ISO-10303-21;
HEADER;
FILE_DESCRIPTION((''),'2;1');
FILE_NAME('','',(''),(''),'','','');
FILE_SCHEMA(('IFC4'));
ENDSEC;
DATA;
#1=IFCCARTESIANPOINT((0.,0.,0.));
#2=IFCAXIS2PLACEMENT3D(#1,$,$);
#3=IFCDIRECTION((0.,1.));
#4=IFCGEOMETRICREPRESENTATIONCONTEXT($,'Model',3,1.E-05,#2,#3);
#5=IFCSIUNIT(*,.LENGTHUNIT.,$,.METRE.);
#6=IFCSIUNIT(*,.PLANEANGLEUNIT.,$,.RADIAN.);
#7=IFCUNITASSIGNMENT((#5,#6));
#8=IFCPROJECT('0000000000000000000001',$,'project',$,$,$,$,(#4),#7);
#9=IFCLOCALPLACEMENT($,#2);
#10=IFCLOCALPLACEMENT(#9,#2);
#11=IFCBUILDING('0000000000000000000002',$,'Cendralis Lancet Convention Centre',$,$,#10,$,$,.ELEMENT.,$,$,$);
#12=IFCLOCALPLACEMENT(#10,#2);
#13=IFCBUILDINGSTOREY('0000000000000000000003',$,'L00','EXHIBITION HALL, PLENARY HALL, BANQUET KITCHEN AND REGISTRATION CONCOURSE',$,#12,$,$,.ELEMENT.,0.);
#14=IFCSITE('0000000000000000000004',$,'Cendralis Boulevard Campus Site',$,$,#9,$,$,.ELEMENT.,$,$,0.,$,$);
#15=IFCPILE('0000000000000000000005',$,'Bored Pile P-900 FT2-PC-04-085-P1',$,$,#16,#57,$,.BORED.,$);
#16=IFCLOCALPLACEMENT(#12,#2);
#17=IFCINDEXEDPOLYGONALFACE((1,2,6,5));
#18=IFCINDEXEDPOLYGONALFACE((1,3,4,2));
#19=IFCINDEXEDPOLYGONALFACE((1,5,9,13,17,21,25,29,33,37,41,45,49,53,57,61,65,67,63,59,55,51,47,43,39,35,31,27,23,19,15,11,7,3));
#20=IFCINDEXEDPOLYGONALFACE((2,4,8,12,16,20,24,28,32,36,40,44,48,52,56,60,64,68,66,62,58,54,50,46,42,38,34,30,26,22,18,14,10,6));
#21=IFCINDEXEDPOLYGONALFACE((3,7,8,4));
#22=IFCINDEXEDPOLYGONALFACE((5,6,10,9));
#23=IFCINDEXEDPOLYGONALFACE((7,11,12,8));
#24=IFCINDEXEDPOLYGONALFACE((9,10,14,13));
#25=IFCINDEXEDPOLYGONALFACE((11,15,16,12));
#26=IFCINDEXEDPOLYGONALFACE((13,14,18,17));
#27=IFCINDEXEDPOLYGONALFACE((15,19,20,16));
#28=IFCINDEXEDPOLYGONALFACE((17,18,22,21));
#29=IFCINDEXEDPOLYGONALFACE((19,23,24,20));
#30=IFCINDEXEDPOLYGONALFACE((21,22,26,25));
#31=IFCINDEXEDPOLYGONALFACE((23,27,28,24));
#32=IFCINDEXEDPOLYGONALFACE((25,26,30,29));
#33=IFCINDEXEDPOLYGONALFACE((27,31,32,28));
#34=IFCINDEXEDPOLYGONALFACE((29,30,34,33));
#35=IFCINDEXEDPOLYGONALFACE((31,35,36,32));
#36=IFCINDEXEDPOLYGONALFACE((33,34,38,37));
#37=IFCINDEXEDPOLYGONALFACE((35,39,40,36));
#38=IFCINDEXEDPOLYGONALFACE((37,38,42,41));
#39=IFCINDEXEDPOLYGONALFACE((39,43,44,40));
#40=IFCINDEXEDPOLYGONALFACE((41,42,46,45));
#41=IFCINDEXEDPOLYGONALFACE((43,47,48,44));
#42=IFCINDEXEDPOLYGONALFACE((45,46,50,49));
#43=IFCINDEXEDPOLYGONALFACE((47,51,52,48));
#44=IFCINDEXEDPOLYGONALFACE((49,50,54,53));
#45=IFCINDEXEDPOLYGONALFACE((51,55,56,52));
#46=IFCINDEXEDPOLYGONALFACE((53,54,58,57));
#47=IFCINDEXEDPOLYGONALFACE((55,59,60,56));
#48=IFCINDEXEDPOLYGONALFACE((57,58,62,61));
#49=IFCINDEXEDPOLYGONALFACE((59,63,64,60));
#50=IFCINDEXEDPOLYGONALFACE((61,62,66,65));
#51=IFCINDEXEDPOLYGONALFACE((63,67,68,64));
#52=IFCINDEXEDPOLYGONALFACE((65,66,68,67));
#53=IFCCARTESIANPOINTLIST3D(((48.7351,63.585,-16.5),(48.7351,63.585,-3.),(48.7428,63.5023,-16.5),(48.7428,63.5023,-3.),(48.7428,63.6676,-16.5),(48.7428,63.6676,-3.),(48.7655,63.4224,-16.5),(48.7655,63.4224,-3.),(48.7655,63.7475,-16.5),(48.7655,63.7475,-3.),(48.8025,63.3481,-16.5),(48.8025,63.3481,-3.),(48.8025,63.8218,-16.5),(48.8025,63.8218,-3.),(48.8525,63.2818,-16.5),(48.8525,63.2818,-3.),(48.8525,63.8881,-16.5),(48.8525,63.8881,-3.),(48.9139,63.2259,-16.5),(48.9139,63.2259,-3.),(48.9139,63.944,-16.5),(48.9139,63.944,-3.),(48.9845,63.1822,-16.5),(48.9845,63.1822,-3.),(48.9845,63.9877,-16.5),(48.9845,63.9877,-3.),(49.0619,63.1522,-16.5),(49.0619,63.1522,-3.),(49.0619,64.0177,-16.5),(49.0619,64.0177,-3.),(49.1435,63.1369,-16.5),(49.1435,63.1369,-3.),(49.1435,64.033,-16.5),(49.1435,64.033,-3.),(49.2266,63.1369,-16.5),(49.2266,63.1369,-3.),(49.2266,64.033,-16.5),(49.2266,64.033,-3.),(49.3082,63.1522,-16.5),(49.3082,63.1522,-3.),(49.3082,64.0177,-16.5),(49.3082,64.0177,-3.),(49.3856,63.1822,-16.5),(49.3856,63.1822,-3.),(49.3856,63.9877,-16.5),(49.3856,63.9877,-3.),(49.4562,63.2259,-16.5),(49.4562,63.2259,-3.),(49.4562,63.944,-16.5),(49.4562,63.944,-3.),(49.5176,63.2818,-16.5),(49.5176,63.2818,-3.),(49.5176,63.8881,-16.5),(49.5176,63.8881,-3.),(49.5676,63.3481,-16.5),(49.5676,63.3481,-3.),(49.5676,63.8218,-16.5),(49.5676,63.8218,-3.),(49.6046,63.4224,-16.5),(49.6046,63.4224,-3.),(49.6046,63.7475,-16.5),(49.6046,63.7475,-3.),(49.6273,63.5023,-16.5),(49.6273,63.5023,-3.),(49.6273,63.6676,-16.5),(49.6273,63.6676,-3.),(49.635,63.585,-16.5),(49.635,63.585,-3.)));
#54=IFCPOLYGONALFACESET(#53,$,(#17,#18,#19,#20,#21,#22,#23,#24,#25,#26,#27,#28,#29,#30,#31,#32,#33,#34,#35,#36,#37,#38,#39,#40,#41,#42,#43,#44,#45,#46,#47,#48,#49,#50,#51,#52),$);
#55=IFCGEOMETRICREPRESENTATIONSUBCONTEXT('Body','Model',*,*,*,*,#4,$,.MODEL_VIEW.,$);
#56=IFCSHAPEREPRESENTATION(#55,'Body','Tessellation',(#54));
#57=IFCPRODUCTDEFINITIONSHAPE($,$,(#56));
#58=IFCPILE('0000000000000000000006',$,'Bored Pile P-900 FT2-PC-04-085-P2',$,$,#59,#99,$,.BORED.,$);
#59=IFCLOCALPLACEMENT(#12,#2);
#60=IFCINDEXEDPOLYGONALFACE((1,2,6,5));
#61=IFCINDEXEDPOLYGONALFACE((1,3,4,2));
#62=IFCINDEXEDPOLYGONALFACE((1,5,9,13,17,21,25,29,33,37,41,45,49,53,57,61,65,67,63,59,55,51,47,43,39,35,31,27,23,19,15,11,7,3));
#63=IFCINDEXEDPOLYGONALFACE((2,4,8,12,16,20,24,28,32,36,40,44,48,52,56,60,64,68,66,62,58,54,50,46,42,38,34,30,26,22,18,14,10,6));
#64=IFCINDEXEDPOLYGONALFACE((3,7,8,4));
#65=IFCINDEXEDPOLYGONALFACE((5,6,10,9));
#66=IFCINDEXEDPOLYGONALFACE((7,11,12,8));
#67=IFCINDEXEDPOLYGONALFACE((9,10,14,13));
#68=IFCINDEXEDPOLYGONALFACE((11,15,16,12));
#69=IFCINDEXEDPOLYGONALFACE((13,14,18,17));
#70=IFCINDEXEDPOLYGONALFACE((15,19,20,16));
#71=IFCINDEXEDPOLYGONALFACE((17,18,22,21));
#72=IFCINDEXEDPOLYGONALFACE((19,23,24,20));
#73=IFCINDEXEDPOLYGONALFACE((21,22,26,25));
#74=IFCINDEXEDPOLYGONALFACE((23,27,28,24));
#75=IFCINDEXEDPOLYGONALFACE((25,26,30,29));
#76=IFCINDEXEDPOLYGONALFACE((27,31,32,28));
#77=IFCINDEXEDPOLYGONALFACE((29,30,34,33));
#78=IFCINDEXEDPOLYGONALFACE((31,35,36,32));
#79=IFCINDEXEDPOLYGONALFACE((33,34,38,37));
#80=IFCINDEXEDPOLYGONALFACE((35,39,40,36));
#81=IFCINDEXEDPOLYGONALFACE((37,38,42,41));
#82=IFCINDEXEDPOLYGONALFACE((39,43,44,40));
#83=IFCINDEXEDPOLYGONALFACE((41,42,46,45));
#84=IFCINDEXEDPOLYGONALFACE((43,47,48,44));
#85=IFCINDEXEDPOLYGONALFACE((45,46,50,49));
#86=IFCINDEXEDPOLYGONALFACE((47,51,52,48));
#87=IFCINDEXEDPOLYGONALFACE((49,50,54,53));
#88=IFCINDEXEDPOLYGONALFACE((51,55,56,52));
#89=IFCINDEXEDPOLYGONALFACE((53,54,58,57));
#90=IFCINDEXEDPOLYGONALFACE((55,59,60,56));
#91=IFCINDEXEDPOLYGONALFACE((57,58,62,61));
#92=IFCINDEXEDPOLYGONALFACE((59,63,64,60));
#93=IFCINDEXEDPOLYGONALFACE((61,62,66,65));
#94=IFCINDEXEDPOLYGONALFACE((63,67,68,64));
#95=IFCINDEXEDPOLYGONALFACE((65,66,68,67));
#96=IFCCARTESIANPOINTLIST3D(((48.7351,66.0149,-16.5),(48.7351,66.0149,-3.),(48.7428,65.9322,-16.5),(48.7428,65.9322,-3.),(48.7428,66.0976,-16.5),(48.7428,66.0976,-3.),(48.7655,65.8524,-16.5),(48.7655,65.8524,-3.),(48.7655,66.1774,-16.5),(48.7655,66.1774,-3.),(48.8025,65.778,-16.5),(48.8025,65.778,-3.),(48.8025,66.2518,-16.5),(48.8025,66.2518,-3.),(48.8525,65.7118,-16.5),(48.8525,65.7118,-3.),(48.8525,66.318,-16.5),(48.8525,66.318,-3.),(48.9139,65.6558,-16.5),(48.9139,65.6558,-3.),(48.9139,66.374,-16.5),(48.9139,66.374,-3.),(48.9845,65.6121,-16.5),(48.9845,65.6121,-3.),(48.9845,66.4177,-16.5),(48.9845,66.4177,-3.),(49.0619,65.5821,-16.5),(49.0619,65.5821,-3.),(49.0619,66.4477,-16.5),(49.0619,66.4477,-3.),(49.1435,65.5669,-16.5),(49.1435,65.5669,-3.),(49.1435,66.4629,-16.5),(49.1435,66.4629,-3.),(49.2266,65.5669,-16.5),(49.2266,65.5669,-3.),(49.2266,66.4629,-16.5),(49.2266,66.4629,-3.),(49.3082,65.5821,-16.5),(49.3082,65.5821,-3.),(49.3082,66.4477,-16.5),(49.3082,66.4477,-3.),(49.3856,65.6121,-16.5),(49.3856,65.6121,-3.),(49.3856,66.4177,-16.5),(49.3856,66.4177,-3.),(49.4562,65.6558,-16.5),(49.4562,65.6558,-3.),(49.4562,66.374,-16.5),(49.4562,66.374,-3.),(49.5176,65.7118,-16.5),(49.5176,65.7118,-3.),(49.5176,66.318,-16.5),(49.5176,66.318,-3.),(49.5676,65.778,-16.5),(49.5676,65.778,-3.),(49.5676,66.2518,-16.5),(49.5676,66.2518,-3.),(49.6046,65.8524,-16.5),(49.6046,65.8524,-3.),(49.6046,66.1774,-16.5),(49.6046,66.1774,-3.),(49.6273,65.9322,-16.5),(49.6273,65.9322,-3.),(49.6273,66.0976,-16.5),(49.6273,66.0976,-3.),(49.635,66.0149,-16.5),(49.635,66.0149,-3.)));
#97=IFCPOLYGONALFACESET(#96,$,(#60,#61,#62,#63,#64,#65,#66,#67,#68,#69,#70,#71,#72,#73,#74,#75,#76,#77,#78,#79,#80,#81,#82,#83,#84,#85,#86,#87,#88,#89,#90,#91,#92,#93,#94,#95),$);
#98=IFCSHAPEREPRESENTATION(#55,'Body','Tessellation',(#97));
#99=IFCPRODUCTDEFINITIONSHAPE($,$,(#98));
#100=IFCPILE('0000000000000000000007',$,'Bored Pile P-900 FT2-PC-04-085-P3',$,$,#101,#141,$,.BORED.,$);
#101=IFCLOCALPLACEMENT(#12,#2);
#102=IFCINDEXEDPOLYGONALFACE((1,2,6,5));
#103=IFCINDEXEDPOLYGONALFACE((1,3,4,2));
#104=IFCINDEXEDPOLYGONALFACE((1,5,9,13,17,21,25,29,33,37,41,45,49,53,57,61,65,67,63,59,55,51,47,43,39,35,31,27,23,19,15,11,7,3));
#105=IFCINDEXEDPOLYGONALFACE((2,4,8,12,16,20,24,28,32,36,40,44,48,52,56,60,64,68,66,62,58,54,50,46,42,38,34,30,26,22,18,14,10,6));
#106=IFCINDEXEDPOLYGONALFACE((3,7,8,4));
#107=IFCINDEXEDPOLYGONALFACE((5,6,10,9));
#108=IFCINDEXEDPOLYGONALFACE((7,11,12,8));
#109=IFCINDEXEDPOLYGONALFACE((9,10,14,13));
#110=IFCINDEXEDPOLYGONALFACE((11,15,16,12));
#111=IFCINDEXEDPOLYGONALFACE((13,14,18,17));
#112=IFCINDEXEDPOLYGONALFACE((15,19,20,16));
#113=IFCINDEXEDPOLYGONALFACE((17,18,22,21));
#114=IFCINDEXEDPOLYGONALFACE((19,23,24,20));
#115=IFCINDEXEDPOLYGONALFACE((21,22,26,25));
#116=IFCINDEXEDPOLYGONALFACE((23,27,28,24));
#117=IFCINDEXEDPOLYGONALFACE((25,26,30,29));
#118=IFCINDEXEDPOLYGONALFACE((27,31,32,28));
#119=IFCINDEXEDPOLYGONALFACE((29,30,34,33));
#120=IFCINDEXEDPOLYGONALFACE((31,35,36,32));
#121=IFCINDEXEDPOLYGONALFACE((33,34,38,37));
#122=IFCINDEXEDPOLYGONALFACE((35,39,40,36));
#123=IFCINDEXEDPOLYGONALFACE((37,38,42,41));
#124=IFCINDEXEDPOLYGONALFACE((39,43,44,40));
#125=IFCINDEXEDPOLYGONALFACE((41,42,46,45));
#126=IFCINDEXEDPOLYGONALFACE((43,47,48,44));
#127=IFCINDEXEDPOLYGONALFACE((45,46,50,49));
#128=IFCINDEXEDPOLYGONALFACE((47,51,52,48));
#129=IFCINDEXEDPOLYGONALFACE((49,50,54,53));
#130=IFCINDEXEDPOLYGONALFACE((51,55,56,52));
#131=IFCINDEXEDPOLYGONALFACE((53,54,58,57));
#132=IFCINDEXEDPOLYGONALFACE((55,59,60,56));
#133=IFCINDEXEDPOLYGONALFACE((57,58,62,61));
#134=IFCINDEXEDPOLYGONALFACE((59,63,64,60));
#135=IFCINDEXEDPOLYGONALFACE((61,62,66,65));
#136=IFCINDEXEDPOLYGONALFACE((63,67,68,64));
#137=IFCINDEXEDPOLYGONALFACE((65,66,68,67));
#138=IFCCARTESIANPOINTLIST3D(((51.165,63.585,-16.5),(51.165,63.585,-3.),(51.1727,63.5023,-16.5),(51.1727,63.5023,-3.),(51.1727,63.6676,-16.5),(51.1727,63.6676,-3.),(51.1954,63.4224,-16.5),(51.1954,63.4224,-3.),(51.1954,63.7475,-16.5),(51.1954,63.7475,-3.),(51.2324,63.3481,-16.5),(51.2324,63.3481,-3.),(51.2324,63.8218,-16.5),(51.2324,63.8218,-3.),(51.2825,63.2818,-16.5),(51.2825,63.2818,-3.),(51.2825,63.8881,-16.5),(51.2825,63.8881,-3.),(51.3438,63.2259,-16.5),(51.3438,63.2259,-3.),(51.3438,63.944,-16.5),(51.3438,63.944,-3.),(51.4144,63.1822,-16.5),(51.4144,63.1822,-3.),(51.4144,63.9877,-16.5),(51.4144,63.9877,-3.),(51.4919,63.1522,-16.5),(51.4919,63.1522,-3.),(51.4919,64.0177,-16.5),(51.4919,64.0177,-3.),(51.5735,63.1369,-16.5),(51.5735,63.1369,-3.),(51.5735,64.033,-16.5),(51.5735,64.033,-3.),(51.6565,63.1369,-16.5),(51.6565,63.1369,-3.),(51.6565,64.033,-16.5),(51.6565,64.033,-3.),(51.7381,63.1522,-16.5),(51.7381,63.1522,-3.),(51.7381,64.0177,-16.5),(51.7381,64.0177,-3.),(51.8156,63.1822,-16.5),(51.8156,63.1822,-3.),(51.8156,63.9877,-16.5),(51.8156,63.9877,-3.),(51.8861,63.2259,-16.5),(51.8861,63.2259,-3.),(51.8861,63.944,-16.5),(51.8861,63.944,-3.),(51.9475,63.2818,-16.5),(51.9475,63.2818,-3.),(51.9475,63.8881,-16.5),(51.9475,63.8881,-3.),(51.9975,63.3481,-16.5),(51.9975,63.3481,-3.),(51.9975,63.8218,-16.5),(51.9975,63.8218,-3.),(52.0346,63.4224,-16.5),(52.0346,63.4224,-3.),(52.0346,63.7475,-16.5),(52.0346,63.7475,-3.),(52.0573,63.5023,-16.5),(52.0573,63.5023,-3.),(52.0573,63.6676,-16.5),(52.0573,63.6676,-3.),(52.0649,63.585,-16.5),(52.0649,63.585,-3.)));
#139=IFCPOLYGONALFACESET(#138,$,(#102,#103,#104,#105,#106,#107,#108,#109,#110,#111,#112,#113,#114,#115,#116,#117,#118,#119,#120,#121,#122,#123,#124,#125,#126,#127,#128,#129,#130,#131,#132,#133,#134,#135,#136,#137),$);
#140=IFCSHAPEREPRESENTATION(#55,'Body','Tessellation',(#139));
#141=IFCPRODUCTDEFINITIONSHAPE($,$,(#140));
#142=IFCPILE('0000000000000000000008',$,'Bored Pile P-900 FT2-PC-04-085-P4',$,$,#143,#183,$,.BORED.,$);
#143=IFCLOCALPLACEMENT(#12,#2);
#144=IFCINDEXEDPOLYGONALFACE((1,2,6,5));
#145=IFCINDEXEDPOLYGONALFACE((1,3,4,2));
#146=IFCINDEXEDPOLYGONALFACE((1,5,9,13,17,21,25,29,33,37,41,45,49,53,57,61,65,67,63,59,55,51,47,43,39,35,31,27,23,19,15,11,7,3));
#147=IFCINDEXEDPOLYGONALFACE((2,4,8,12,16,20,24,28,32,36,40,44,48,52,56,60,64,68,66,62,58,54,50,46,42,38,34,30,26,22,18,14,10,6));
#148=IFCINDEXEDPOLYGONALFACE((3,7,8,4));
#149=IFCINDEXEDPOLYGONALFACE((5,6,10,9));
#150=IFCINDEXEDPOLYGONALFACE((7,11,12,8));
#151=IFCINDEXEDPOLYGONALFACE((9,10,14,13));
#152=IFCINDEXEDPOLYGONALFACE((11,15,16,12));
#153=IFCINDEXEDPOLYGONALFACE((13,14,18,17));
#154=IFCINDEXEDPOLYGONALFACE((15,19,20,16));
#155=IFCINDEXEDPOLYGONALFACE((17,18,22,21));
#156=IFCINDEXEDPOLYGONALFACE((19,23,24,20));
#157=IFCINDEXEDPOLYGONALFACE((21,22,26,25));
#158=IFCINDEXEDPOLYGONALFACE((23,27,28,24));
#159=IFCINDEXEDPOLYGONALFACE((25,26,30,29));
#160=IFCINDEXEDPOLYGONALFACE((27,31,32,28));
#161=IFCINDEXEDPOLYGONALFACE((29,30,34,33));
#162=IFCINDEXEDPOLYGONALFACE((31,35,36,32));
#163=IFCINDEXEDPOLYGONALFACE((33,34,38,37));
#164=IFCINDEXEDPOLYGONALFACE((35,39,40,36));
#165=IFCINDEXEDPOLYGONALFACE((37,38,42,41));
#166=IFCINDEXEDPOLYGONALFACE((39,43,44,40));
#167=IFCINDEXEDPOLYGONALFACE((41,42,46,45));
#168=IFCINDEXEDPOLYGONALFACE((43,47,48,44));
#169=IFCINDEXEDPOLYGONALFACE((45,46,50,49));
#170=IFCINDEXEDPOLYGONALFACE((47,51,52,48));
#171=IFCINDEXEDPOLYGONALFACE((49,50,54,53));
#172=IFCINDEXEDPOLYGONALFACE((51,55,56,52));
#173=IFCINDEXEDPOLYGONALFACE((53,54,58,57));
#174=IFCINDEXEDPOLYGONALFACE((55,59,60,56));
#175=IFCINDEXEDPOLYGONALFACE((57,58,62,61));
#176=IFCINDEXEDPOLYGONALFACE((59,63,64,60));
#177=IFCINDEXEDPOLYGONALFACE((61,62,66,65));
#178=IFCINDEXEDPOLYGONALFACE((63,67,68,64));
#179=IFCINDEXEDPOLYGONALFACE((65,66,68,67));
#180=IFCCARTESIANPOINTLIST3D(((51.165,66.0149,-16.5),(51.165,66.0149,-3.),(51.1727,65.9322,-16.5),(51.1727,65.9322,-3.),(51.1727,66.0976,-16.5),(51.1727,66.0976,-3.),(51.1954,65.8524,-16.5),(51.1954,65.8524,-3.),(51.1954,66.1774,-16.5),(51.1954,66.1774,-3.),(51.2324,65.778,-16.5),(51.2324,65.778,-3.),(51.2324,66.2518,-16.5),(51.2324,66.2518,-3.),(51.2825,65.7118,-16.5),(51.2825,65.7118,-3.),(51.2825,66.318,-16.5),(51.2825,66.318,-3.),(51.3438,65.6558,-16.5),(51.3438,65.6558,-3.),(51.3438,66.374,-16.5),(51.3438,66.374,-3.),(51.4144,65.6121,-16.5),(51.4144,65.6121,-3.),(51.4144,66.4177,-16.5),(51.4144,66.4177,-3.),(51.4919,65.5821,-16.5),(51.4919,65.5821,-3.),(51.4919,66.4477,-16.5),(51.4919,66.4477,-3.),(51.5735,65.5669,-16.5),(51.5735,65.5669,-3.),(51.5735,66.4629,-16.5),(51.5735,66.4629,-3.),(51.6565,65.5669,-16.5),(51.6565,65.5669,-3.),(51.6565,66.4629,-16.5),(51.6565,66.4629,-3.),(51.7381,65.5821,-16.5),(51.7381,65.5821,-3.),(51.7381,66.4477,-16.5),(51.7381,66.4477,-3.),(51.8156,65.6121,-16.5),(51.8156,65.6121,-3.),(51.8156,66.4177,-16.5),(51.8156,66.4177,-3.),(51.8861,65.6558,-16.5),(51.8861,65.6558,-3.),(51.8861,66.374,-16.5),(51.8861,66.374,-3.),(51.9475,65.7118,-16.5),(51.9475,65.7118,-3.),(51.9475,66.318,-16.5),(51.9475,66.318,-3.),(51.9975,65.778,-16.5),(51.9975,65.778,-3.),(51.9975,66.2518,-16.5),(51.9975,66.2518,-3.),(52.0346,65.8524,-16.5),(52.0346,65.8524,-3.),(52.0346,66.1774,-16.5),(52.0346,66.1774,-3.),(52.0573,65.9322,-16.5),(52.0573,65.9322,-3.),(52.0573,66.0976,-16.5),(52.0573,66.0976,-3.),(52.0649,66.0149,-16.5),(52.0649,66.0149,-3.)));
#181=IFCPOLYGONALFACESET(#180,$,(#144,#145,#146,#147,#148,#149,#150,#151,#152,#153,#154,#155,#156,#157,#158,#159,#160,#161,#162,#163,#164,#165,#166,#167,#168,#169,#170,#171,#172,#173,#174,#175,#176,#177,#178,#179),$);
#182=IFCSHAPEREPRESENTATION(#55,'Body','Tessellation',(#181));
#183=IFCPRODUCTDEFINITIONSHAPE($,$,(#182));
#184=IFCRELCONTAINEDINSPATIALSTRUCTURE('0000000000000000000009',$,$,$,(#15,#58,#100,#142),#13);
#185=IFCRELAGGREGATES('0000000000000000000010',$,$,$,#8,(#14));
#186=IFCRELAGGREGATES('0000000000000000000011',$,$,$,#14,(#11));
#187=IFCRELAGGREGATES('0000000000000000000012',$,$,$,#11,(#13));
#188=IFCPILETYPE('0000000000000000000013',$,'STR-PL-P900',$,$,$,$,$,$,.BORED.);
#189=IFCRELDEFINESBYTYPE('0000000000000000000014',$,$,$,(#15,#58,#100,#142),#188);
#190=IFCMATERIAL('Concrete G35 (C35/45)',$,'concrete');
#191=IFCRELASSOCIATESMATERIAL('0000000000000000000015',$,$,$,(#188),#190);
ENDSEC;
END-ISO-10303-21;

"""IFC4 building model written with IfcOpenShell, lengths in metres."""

from ifc_helpers import new_model, si_unit, direction, frame, origin, origin_2d, place, context, subcontext, project, spatial, circle, extrude, material, material_profile, profile_set, type_object, element, save


model = new_model("IFC4")

# Units and contexts
model_context = context("Model", 3, precision=1e-05, world=origin(), true_north=direction((0.0, 1.0)))
body_context = subcontext(model_context, "Body", "Model", "MODEL_VIEW")
ifc_project = project(units=[si_unit("LENGTHUNIT", "METRE"), si_unit("PLANEANGLEUNIT", "RADIAN")], contexts=[model_context])

# Site, building, storey
site_placement = place(None, origin())
site = spatial("IfcSite", under=ifc_project, at=site_placement, Name="Cendralis Boulevard Campus Site", CompositionType="ELEMENT", RefElevation=0.0)
building_placement = place(site_placement, origin())
building = spatial("IfcBuilding", under=site, at=building_placement, Name="Cendralis Lancet Convention Centre", CompositionType="ELEMENT")
storey_placement = place(building_placement, origin())
storey = spatial("IfcBuildingStorey", under=building, at=storey_placement, Name="L00", Description="EXHIBITION HALL, PLENARY HALL, BANQUET KITCHEN AND REGISTRATION CONCOURSE", CompositionType="ELEMENT", Elevation=0.0)

# Shared definitions
ifc_material_1 = material(Name="Concrete G35 (C35/45)", Category="concrete")

# Piles
ifc_material_profile_1 = material_profile(ifc_material_1, circle(Radius=0.45, at=origin_2d()), Name="BORED PILE D900")
ifc_profile_set_1 = profile_set([ifc_material_profile_1], Name="Concrete G35 (C35/45)")
pile_type = type_object("IfcPileType", Name="STR-PL-P900", PredefinedType="BORED", material=ifc_profile_set_1)
for number, where, z_axis, x_axis, name in (
    (1, (49.1851, 63.585, -3.0), (0.0, 0.0, -1.0), (1.0, 0.0, 0.0), "Bored Pile P-900 FT2-PC-04-085-P1"),
    (2, (49.1851, 66.0149, -3.0), (0.0, 0.0, -1.0), (1.0, 0.0, 0.0), "Bored Pile P-900 FT2-PC-04-085-P2"),
    (3, (51.615, 63.585, -3.0), (0.0, 0.0, -1.0), (1.0, 0.0, 0.0), "Bored Pile P-900 FT2-PC-04-085-P3"),
    (4, (51.615, 66.0149, -3.0), (0.0, 0.0, -1.0), (1.0, 0.0, 0.0), "Bored Pile P-900 FT2-PC-04-085-P4"),
):
    element("IfcPile", number, at=place(storey_placement, frame(where, z_axis=z_axis, x_axis=x_axis)), inside=storey, type_object=pile_type, Name=name, PredefinedType="BORED", context=body_context, shape_type="SweptSolid", body=[
        extrude(circle(Radius=0.45, at=origin_2d()), origin(), (0.0, 0.0, 1.0), 13.5),
    ])

save(model, "model.ifc")
